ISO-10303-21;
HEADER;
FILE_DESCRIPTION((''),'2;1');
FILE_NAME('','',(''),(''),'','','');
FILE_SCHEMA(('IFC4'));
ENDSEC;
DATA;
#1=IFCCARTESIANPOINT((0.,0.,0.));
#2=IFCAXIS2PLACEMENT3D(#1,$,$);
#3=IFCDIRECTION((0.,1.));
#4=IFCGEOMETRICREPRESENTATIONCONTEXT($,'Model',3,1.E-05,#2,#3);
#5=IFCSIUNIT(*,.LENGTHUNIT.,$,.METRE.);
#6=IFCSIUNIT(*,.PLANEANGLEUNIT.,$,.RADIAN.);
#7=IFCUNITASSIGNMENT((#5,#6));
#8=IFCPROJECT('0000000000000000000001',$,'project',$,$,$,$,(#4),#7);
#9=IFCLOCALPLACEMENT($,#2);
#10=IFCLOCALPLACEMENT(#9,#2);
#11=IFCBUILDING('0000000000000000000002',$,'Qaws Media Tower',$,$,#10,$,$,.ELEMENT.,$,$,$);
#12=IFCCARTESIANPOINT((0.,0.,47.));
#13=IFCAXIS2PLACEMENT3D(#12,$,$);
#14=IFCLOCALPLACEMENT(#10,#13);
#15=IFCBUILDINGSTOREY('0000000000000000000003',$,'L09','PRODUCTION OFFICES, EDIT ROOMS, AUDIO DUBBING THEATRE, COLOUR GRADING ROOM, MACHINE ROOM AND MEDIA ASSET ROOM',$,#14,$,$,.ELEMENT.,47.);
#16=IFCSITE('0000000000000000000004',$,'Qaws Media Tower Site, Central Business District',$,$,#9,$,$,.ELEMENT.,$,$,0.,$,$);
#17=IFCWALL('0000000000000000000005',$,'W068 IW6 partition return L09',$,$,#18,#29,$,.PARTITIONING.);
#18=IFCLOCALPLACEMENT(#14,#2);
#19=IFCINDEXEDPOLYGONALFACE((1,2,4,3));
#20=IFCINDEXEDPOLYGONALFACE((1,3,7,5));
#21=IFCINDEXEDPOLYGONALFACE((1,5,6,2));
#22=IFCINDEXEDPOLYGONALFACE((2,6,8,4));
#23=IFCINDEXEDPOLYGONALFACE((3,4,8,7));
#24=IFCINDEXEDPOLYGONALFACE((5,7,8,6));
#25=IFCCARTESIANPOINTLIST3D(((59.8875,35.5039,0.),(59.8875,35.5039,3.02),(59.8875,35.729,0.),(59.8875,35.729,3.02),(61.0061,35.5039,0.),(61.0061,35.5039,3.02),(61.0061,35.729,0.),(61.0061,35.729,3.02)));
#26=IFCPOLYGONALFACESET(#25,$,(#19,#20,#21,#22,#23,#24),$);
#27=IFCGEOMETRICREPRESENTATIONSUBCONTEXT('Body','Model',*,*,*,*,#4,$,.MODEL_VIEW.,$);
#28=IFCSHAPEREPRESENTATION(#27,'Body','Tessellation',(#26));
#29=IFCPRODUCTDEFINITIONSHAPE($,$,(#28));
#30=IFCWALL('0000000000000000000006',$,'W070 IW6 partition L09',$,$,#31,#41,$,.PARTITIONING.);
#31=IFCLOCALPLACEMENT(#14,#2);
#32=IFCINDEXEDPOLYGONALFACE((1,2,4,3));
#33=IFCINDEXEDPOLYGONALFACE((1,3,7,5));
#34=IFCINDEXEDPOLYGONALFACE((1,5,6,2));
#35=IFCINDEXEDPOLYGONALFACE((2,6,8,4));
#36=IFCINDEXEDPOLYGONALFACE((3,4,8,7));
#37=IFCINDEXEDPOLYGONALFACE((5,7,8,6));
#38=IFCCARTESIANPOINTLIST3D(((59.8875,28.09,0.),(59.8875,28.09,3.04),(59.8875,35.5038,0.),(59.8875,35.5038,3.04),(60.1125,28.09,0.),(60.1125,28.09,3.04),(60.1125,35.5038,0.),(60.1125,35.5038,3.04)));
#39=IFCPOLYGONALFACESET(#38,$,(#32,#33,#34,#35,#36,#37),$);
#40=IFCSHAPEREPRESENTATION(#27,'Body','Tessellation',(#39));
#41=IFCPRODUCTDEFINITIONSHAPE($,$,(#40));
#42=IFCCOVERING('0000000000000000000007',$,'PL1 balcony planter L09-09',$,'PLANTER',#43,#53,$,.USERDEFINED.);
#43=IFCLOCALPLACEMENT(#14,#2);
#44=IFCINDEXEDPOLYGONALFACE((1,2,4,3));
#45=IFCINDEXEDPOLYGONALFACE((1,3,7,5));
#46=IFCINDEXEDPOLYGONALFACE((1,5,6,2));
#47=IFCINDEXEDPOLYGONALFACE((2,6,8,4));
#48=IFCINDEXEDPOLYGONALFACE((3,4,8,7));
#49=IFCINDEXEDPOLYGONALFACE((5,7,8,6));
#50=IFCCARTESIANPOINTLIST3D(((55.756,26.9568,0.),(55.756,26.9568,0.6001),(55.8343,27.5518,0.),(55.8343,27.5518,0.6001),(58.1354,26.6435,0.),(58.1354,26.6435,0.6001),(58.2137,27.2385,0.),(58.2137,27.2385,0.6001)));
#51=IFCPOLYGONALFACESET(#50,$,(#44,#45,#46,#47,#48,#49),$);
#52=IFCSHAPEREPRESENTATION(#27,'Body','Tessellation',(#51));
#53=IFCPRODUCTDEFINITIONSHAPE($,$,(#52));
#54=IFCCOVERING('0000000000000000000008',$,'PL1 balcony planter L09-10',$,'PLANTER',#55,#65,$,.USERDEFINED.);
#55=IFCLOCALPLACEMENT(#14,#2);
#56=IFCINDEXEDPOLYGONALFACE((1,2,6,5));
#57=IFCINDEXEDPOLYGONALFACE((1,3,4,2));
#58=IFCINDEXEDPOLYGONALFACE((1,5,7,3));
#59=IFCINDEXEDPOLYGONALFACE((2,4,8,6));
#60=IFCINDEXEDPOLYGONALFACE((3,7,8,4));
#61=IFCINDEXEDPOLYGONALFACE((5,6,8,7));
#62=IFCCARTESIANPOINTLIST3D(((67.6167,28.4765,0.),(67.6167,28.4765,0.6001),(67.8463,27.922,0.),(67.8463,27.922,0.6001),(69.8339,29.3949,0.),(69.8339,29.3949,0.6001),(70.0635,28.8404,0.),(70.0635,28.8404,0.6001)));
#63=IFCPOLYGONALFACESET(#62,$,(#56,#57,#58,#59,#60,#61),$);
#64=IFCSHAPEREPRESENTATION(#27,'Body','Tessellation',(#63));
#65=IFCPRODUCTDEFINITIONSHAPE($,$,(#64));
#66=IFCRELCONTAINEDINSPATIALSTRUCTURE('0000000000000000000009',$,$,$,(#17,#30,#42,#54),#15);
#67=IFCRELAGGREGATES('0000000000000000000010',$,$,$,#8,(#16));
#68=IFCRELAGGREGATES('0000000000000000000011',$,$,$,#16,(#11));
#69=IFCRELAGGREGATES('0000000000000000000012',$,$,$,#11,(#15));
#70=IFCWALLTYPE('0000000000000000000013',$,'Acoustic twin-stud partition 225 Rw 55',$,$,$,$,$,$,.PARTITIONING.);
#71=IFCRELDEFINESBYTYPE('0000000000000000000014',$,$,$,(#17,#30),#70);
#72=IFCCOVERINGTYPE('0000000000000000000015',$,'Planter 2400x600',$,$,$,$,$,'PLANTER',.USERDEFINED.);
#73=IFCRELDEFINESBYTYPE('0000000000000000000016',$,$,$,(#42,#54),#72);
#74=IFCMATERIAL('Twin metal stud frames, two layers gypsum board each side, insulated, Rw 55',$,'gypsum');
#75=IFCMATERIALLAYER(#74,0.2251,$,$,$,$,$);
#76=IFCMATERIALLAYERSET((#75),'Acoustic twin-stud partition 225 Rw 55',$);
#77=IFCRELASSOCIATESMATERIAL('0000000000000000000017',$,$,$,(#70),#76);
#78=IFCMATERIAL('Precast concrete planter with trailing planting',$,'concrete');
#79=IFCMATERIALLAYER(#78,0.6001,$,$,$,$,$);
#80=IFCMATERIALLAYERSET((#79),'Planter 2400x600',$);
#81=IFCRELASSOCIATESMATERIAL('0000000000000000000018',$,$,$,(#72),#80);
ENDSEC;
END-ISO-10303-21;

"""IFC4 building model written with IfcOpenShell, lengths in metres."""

from ifc_helpers import new_model, si_unit, direction, frame, frame_2d, origin, origin_2d, place, context, subcontext, project, spatial, rectangle, extrude, material, layer, layer_set, type_object, element, save


model = new_model("IFC4")

# Units and contexts
model_context = context("Model", 3, precision=1e-05, world=origin(), true_north=direction((0.0, 1.0)))
body_context = subcontext(model_context, "Body", "Model", "MODEL_VIEW")
ifc_project = project(units=[si_unit("LENGTHUNIT", "METRE"), si_unit("PLANEANGLEUNIT", "RADIAN")], contexts=[model_context])

# Site, building, storey
site_placement = place(None, origin())
site = spatial("IfcSite", under=ifc_project, at=site_placement, Name="Qaws Media Tower Site, Central Business District", CompositionType="ELEMENT", RefElevation=0.0)
building_placement = place(site_placement, origin())
building = spatial("IfcBuilding", under=site, at=building_placement, Name="Qaws Media Tower", CompositionType="ELEMENT")
storey_placement = place(building_placement, frame((0.0, 0.0, 47.0)))
storey = spatial("IfcBuildingStorey", under=building, at=storey_placement, Name="L09", Description="PRODUCTION OFFICES, EDIT ROOMS, AUDIO DUBBING THEATRE, COLOUR GRADING ROOM, MACHINE ROOM AND MEDIA ASSET ROOM", CompositionType="ELEMENT", Elevation=47.0)

# Walls
ifc_material_1 = material(Name="Twin metal stud frames, two layers gypsum board each side, insulated, Rw 55", Category="gypsum")
ifc_layer_1 = layer(ifc_material_1, 0.2251)
ifc_layer_set_1 = layer_set([ifc_layer_1], Name="Acoustic twin-stud partition 225 Rw 55")
wall_type_1 = type_object("IfcWallType", Name="Acoustic twin-stud partition 225 Rw 55", PredefinedType="PARTITIONING", material=ifc_layer_set_1)
wall_1_placement = place(storey_placement, frame((59.8875, 35.6165, 0.0), z_axis=(0.0, 0.0, 1.0), x_axis=(1.0, 0.0, 0.0)))
element("IfcWall", 1, at=wall_1_placement, inside=storey, type_object=wall_type_1, Name="W068 IW6 partition return L09", PredefinedType="PARTITIONING", context=body_context, shape_type="SweptSolid", body=[
    extrude(rectangle(XDim=1.1187, YDim=0.2251, at=frame_2d((0.5593, 0.0))), origin(), (0.0, 0.0, 1.0), 3.02),
])
wall_2_placement = place(storey_placement, frame((60.0, 35.5039, 0.0), z_axis=(0.0, 0.0, 1.0), x_axis=(0.0, -1.0, 0.0)))
element("IfcWall", 2, at=wall_2_placement, inside=storey, type_object=wall_type_1, Name="W070 IW6 partition L09", PredefinedType="PARTITIONING", context=body_context, shape_type="SweptSolid", body=[
    extrude(rectangle(XDim=7.4138, YDim=0.2251, at=frame_2d((3.707, 0.0))), origin(), (0.0, 0.0, 1.0), 3.04),
])

# Coverings
ifc_material_2 = material(Name="Precast concrete planter with trailing planting", Category="concrete")
ifc_layer_2 = layer(ifc_material_2, 0.6001)
ifc_layer_set_2 = layer_set([ifc_layer_2], Name="Planter 2400x600")
covering_type = type_object("IfcCoveringType", Name="Planter 2400x600", ElementType="PLANTER", PredefinedType="USERDEFINED", material=ifc_layer_set_2)
for number, where, z_axis, x_axis, name in (
    (3, (56.9849, 27.0977, 0.0), (0.0, 0.0, 1.0), (0.991445, -0.130526, 0.0), "PL1 balcony planter L09-09"),
    (4, (68.8401, 28.6584, 0.0), (0.0, 0.0, 1.0), (0.92388, 0.382683, 0.0), "PL1 balcony planter L09-10"),
):
    element("IfcCovering", number, at=place(storey_placement, frame(where, z_axis=z_axis, x_axis=x_axis)), inside=storey, type_object=covering_type, Name=name, ObjectType="PLANTER", PredefinedType="USERDEFINED", context=body_context, shape_type="SweptSolid", body=[
        extrude(rectangle(XDim=2.3999, YDim=0.6001, at=origin_2d()), origin(), (0.0, 0.0, 1.0), 0.6001),
    ])

save(model, "model.ifc")
